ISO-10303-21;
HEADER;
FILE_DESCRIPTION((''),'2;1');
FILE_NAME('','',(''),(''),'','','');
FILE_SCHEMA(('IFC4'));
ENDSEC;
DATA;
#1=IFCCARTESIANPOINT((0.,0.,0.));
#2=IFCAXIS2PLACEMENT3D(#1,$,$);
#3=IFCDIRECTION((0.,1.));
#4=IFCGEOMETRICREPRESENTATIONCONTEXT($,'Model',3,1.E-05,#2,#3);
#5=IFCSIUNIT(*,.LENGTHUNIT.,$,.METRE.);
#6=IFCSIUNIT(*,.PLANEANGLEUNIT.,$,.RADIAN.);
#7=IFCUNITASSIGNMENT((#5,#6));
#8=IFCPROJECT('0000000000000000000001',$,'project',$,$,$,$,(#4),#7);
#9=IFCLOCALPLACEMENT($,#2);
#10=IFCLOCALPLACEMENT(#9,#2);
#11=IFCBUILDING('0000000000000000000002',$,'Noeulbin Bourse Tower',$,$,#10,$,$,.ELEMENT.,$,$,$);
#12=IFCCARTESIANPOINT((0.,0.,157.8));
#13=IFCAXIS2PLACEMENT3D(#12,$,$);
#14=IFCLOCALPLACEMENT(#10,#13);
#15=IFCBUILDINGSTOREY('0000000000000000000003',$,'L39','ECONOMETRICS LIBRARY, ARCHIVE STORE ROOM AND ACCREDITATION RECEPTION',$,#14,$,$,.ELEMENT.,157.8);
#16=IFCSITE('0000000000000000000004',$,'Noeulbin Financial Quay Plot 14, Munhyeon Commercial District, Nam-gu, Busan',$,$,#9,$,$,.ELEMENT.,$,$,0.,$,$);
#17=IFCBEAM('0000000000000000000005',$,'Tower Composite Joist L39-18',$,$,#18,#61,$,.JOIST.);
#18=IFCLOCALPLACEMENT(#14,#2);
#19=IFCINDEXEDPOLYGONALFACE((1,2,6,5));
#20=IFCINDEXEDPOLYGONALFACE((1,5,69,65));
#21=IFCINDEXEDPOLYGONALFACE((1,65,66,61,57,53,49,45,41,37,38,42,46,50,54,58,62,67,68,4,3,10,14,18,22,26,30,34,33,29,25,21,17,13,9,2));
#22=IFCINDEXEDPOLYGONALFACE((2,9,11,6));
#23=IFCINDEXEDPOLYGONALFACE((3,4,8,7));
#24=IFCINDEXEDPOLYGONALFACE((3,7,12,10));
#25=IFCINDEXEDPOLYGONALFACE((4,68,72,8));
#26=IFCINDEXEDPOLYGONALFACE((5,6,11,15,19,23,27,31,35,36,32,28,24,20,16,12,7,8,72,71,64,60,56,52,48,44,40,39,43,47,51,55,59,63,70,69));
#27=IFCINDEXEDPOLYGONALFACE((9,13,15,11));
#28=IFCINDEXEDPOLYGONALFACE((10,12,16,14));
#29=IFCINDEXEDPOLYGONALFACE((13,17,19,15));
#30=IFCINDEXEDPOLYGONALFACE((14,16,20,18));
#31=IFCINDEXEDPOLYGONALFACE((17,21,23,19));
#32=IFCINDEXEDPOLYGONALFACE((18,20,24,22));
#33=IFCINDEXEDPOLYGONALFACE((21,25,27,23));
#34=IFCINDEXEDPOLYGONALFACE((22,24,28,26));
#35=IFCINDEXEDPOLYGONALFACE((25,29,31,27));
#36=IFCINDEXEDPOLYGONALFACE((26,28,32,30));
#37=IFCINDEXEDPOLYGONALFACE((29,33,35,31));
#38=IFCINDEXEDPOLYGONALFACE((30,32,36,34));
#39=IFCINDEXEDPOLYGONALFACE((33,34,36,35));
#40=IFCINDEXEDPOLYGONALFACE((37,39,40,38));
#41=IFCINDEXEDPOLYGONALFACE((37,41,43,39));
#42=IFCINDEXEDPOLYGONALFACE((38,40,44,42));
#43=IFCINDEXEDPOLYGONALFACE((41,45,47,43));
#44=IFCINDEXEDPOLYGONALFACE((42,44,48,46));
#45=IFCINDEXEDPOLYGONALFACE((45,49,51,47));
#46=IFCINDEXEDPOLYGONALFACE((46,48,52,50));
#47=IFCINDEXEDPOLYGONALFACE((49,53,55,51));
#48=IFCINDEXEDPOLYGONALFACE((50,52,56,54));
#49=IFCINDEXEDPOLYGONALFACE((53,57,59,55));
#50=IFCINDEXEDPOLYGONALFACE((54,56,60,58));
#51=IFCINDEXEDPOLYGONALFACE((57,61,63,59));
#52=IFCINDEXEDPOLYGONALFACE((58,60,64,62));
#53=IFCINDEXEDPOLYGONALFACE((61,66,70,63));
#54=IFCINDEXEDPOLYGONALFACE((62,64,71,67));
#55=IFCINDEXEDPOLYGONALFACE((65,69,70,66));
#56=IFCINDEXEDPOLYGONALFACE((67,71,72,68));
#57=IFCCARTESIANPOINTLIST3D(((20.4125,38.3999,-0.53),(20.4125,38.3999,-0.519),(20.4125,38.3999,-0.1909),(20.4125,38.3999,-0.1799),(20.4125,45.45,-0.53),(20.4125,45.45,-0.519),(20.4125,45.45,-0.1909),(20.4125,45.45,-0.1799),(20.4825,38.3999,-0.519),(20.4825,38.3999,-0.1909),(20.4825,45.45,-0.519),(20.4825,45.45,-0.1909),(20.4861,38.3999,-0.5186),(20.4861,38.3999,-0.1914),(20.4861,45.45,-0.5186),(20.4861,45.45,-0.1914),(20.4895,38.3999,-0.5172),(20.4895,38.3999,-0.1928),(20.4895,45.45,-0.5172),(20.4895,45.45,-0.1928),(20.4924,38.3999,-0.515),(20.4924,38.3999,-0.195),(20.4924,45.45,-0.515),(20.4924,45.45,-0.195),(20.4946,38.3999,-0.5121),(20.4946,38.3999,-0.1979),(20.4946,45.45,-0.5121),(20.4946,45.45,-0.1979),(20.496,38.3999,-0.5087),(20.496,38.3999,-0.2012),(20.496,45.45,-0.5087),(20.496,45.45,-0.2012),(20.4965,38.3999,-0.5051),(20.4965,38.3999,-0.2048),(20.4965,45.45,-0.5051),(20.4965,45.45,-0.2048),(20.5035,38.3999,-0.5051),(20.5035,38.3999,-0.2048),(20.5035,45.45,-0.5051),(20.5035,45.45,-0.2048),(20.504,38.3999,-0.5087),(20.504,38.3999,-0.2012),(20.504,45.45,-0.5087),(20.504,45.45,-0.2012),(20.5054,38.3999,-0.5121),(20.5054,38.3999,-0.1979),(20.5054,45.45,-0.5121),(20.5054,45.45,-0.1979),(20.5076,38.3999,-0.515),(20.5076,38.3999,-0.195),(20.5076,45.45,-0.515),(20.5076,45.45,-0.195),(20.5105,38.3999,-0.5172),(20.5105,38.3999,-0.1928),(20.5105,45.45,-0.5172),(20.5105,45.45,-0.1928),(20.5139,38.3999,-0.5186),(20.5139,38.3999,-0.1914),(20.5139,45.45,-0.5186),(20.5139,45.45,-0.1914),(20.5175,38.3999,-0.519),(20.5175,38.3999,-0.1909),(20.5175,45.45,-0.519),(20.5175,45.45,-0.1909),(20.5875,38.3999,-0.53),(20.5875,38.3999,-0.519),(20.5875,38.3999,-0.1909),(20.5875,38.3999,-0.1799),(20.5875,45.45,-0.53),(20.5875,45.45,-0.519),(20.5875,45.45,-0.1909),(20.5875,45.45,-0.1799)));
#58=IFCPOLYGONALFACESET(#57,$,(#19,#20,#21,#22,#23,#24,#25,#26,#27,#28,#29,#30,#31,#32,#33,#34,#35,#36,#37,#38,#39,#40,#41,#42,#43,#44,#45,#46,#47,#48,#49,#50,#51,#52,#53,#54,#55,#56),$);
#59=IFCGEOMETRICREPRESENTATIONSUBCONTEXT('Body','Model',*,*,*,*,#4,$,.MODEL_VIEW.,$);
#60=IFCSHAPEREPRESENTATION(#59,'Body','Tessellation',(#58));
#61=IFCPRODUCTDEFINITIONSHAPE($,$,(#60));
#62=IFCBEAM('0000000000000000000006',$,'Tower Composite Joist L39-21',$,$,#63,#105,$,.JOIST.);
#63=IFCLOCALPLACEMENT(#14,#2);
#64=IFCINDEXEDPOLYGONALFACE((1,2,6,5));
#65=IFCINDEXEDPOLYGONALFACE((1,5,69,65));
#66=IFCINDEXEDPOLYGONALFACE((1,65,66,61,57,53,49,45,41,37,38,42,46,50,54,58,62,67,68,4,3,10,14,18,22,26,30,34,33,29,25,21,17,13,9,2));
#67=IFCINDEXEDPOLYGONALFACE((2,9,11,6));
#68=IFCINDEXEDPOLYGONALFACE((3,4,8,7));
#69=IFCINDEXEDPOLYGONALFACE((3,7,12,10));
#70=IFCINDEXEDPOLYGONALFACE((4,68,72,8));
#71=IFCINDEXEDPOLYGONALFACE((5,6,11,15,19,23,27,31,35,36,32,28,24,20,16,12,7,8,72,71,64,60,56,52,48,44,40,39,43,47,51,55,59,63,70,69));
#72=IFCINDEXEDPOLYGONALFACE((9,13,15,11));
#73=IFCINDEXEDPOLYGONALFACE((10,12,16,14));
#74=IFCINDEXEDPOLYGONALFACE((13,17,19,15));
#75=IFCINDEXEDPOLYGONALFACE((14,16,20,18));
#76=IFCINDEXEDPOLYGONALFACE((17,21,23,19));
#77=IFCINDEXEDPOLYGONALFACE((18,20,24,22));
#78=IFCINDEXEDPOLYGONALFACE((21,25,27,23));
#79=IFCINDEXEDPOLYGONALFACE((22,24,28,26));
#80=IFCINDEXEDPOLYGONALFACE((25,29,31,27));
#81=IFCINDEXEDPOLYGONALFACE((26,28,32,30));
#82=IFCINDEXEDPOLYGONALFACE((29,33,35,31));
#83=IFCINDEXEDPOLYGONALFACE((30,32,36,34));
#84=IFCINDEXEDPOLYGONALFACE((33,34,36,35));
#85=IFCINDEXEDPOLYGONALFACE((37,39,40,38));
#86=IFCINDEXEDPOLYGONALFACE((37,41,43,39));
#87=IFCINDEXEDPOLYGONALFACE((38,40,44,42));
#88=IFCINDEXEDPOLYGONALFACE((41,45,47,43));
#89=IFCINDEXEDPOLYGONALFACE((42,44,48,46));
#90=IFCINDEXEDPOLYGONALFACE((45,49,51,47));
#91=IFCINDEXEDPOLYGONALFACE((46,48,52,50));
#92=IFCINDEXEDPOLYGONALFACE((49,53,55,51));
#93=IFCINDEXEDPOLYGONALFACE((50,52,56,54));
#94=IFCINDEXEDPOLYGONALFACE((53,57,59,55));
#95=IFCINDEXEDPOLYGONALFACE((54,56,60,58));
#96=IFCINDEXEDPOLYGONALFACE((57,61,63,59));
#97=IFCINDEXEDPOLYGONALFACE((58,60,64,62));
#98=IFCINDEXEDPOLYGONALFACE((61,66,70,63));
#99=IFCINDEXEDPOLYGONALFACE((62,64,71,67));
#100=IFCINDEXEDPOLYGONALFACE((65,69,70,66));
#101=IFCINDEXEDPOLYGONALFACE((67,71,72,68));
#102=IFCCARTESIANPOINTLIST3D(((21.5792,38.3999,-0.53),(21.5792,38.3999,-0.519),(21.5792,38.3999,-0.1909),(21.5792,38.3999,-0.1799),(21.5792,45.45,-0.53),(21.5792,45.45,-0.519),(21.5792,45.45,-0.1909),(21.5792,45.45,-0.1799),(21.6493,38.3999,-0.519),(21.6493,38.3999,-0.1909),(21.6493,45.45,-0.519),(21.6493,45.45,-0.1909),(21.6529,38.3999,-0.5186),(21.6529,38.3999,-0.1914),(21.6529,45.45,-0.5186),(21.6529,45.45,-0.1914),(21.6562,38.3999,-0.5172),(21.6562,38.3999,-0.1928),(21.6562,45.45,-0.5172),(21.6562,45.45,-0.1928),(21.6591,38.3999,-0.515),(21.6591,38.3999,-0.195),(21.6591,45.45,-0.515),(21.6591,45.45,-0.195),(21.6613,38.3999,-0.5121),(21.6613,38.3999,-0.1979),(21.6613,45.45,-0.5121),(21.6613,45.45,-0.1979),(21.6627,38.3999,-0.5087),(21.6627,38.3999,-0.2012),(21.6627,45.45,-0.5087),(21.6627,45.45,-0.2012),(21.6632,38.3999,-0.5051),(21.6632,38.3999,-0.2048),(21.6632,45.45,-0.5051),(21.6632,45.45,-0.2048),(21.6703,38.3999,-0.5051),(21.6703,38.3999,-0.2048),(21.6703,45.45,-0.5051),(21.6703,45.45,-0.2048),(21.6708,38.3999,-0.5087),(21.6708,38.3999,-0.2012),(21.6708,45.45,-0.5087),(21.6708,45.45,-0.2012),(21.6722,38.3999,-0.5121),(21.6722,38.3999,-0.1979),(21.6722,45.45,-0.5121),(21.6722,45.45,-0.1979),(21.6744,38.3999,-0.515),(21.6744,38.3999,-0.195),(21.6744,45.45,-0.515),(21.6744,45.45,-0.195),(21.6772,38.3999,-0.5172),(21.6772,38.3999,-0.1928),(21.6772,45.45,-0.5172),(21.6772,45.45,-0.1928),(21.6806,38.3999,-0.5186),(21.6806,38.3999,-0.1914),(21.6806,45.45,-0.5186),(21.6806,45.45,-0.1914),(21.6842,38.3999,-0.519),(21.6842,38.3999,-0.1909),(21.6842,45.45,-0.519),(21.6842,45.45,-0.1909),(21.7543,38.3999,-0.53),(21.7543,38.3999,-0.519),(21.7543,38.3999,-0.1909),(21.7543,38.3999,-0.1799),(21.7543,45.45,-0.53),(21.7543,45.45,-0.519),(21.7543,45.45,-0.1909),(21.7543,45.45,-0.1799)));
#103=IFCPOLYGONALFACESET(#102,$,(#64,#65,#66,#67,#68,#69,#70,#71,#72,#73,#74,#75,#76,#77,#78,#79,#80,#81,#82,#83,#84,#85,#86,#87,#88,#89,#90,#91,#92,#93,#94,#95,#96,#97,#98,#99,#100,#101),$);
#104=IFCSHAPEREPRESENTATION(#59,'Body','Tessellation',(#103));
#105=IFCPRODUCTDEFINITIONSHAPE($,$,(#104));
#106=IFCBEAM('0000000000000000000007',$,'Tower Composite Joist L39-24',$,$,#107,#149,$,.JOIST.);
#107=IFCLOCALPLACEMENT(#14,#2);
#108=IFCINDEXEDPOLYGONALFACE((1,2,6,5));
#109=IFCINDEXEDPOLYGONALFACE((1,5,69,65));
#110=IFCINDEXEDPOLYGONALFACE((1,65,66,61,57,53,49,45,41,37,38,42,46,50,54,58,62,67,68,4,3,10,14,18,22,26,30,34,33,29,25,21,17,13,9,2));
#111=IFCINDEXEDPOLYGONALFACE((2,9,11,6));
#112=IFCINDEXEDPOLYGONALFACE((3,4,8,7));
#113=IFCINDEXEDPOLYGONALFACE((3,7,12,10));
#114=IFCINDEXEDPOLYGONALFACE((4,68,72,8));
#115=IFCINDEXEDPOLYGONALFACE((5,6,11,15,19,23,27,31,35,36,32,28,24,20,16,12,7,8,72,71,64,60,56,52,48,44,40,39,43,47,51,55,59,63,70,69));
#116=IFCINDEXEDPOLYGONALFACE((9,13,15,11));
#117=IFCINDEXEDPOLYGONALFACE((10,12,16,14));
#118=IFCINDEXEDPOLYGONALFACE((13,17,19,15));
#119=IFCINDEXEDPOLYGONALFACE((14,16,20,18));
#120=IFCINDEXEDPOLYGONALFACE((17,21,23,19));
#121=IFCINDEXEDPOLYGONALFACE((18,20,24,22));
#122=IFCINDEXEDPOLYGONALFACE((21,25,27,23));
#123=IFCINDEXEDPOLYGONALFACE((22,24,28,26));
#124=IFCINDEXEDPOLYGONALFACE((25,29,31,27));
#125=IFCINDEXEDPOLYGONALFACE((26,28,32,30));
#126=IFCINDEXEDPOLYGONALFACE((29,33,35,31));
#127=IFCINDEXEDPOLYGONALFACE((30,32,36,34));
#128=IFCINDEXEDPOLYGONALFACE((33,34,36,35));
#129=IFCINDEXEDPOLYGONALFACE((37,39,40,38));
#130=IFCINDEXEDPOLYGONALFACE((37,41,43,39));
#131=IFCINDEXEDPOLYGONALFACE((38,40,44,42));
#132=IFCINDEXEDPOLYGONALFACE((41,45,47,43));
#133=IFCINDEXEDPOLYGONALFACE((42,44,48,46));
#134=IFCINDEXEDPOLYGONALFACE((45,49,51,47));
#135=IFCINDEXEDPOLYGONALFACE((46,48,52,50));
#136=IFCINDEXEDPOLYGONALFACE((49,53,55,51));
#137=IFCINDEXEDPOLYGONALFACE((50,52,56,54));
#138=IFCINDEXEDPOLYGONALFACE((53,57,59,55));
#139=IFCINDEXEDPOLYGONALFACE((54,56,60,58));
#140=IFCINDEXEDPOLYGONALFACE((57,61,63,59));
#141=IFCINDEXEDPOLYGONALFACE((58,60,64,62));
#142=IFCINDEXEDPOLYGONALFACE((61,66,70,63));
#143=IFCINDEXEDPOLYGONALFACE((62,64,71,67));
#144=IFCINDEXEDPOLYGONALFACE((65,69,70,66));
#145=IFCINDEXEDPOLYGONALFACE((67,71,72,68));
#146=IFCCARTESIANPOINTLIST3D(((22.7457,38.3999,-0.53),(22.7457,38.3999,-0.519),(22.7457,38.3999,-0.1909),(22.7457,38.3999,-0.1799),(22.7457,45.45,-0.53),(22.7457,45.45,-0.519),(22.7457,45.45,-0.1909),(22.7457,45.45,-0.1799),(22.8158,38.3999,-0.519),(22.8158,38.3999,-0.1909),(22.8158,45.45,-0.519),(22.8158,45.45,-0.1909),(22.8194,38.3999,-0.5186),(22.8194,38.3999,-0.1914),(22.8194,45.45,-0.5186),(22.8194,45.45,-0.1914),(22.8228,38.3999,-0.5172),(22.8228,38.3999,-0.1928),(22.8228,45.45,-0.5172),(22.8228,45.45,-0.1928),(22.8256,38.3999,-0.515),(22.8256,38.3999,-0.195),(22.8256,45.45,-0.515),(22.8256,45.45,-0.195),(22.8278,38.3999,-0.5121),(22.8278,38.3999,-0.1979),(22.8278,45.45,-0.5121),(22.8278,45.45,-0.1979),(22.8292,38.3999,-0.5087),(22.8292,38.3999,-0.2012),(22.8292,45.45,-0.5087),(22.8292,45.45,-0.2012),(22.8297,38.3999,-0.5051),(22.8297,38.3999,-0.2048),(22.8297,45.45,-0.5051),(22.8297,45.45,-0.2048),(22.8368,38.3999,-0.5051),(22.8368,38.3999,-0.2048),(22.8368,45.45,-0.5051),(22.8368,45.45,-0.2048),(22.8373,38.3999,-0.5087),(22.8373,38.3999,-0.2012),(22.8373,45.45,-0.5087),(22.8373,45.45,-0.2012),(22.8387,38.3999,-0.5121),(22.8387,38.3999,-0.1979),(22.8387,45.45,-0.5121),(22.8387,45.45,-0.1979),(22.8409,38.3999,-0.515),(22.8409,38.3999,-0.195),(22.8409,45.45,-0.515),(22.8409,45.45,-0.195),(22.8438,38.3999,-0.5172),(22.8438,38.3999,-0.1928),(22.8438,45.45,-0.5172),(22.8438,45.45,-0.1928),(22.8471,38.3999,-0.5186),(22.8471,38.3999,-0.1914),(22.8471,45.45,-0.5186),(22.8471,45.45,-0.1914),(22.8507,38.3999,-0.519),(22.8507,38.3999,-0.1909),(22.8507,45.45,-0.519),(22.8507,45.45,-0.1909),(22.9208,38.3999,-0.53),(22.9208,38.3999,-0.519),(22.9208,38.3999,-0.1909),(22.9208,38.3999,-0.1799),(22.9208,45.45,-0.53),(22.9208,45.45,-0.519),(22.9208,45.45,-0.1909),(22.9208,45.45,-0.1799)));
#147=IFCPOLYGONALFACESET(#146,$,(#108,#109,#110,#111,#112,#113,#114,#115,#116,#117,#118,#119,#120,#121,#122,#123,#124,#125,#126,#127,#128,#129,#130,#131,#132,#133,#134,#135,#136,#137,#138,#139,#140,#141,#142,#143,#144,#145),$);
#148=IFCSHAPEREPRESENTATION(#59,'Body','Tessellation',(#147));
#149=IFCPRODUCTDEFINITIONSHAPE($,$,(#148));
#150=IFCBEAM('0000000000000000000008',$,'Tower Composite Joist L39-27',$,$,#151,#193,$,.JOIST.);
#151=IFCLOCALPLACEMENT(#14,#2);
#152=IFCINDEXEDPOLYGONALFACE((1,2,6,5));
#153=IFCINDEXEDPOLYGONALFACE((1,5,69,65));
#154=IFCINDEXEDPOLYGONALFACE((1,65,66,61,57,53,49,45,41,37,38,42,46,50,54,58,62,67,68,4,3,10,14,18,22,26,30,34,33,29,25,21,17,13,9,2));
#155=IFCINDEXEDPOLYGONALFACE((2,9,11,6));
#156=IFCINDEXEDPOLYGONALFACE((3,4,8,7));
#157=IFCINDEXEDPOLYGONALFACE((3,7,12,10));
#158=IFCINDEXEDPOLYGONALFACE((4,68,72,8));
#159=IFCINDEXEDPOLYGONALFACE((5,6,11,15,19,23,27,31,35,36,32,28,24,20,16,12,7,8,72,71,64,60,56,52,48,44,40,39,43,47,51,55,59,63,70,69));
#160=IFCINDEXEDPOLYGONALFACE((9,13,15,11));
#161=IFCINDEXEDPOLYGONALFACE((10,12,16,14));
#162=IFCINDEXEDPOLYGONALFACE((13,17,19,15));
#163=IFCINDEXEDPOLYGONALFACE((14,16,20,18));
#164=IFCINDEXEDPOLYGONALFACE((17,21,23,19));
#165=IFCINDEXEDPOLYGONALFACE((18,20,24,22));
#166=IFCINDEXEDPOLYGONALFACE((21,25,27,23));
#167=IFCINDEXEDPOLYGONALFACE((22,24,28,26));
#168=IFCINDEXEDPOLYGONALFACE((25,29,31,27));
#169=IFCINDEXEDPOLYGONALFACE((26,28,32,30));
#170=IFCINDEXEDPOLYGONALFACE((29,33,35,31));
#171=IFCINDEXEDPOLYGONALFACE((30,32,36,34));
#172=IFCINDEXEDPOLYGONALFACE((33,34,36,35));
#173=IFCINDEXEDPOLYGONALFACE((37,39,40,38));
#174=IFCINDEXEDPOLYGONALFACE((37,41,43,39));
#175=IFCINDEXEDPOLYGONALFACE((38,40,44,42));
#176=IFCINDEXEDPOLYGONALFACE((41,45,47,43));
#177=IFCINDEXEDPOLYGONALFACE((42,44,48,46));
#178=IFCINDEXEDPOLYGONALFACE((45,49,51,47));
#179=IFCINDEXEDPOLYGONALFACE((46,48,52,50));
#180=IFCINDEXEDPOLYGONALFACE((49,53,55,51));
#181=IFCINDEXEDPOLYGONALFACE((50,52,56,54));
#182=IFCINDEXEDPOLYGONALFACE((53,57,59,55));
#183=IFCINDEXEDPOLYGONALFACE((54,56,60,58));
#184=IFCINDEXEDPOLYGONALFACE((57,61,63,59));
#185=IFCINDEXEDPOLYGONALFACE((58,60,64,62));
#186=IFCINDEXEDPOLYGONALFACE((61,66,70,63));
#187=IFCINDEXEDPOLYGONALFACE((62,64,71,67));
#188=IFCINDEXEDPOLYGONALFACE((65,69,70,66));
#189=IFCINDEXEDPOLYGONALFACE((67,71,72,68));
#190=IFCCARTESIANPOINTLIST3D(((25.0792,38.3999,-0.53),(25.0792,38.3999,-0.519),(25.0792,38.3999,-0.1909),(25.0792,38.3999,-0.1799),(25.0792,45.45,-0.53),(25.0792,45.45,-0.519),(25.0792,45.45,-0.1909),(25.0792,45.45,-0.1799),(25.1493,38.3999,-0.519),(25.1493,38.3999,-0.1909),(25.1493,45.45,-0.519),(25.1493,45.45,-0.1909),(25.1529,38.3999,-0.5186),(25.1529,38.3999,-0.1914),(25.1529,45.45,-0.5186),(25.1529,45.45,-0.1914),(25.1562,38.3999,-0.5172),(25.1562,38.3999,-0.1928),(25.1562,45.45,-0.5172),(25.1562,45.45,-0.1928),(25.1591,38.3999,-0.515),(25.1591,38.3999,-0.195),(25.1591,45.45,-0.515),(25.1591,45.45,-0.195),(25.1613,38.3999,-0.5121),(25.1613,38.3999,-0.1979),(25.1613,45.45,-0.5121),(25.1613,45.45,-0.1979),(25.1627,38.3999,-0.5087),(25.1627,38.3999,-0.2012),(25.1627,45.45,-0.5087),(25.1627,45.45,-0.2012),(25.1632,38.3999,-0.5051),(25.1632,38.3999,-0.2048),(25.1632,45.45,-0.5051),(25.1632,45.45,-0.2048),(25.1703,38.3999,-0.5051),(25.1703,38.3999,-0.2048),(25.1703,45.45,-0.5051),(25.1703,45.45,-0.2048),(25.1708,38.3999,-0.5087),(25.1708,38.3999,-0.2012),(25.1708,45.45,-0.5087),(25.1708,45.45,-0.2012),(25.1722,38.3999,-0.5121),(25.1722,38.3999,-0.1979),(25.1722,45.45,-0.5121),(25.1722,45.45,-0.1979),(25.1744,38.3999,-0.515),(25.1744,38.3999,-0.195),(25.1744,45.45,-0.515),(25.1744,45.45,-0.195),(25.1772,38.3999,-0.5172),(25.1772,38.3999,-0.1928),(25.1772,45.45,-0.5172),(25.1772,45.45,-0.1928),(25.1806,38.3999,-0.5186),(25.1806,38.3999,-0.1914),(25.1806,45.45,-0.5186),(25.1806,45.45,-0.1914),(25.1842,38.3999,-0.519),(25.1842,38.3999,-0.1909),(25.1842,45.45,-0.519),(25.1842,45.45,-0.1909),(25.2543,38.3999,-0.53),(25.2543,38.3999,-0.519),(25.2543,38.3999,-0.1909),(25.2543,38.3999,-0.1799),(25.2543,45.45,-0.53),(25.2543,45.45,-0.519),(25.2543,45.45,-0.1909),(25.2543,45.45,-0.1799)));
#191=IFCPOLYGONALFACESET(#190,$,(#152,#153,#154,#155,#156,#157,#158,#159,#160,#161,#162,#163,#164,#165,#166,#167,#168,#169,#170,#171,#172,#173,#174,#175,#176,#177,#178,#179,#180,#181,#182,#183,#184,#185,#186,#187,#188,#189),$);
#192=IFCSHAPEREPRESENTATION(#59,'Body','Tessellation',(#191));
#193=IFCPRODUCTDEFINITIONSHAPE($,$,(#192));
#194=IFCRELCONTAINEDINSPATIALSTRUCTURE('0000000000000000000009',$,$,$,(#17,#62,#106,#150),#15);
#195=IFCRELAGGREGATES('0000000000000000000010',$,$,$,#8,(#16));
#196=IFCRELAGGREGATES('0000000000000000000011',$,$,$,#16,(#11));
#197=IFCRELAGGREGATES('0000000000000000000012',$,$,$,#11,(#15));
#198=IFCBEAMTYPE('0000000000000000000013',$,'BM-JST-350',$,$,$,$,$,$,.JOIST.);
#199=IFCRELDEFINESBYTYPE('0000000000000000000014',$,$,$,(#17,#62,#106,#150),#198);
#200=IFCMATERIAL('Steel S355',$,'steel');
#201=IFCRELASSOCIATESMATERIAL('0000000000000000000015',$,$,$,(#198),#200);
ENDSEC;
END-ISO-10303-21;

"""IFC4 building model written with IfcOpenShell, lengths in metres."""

from ifc_helpers import new_model, si_unit, direction, frame, origin, origin_2d, place, context, subcontext, project, spatial, i_section, extrude, material, material_profile, profile_set, type_object, element, save


model = new_model("IFC4")

# Units and contexts
model_context = context("Model", 3, precision=1e-05, world=origin(), true_north=direction((0.0, 1.0)))
body_context = subcontext(model_context, "Body", "Model", "MODEL_VIEW")
ifc_project = project(units=[si_unit("LENGTHUNIT", "METRE"), si_unit("PLANEANGLEUNIT", "RADIAN")], contexts=[model_context])

# Site, building, storey
site_placement = place(None, origin())
site = spatial("IfcSite", under=ifc_project, at=site_placement, Name="Noeulbin Financial Quay Plot 14, Munhyeon Commercial District, Nam-gu, Busan", CompositionType="ELEMENT", RefElevation=0.0)
building_placement = place(site_placement, origin())
building = spatial("IfcBuilding", under=site, at=building_placement, Name="Noeulbin Bourse Tower", CompositionType="ELEMENT")
storey_placement = place(building_placement, frame((0.0, 0.0, 157.8)))
storey = spatial("IfcBuildingStorey", under=building, at=storey_placement, Name="L39", Description="ECONOMETRICS LIBRARY, ARCHIVE STORE ROOM AND ACCREDITATION RECEPTION", CompositionType="ELEMENT", Elevation=157.8)

# Shared definitions
ifc_material_1 = material(Name="Steel S355", Category="steel")

# Beams
ifc_material_profile_1 = material_profile(ifc_material_1, i_section(OverallWidth=0.175, OverallDepth=0.3501, WebThickness=0.0071, FlangeThickness=0.011, FilletRadius=0.0139, at=origin_2d()), Name="H-350x175x7x11", Category="LoadBearing")
ifc_profile_set_1 = profile_set([ifc_material_profile_1], Name="Steel S355")
beam_type_1 = type_object("IfcBeamType", Name="BM-JST-350", PredefinedType="JOIST", material=ifc_profile_set_1)
for number, where, z_axis, x_axis, name in (
    (1, (20.5, 38.3999, -0.355), (0.0, 1.0, 0.0), (-1.0, 0.0, 0.0), "Tower Composite Joist L39-18"),
    (2, (21.6667, 38.3999, -0.355), (0.0, 1.0, 0.0), (-1.0, 0.0, 0.0), "Tower Composite Joist L39-21"),
    (3, (22.8333, 38.3999, -0.355), (0.0, 1.0, 0.0), (-1.0, 0.0, 0.0), "Tower Composite Joist L39-24"),
    (4, (25.1667, 38.3999, -0.355), (0.0, 1.0, 0.0), (-1.0, 0.0, 0.0), "Tower Composite Joist L39-27"),
):
    element("IfcBeam", number, at=place(storey_placement, frame(where, z_axis=z_axis, x_axis=x_axis)), inside=storey, type_object=beam_type_1, Name=name, PredefinedType="JOIST", context=body_context, shape_type="SweptSolid", body=[
        extrude(i_section(OverallWidth=0.175, OverallDepth=0.3501, WebThickness=0.0071, FlangeThickness=0.011, FilletRadius=0.0139, at=origin_2d()), origin(), (0.0, 0.0, 1.0), 7.05),
    ])

save(model, "model.ifc")
